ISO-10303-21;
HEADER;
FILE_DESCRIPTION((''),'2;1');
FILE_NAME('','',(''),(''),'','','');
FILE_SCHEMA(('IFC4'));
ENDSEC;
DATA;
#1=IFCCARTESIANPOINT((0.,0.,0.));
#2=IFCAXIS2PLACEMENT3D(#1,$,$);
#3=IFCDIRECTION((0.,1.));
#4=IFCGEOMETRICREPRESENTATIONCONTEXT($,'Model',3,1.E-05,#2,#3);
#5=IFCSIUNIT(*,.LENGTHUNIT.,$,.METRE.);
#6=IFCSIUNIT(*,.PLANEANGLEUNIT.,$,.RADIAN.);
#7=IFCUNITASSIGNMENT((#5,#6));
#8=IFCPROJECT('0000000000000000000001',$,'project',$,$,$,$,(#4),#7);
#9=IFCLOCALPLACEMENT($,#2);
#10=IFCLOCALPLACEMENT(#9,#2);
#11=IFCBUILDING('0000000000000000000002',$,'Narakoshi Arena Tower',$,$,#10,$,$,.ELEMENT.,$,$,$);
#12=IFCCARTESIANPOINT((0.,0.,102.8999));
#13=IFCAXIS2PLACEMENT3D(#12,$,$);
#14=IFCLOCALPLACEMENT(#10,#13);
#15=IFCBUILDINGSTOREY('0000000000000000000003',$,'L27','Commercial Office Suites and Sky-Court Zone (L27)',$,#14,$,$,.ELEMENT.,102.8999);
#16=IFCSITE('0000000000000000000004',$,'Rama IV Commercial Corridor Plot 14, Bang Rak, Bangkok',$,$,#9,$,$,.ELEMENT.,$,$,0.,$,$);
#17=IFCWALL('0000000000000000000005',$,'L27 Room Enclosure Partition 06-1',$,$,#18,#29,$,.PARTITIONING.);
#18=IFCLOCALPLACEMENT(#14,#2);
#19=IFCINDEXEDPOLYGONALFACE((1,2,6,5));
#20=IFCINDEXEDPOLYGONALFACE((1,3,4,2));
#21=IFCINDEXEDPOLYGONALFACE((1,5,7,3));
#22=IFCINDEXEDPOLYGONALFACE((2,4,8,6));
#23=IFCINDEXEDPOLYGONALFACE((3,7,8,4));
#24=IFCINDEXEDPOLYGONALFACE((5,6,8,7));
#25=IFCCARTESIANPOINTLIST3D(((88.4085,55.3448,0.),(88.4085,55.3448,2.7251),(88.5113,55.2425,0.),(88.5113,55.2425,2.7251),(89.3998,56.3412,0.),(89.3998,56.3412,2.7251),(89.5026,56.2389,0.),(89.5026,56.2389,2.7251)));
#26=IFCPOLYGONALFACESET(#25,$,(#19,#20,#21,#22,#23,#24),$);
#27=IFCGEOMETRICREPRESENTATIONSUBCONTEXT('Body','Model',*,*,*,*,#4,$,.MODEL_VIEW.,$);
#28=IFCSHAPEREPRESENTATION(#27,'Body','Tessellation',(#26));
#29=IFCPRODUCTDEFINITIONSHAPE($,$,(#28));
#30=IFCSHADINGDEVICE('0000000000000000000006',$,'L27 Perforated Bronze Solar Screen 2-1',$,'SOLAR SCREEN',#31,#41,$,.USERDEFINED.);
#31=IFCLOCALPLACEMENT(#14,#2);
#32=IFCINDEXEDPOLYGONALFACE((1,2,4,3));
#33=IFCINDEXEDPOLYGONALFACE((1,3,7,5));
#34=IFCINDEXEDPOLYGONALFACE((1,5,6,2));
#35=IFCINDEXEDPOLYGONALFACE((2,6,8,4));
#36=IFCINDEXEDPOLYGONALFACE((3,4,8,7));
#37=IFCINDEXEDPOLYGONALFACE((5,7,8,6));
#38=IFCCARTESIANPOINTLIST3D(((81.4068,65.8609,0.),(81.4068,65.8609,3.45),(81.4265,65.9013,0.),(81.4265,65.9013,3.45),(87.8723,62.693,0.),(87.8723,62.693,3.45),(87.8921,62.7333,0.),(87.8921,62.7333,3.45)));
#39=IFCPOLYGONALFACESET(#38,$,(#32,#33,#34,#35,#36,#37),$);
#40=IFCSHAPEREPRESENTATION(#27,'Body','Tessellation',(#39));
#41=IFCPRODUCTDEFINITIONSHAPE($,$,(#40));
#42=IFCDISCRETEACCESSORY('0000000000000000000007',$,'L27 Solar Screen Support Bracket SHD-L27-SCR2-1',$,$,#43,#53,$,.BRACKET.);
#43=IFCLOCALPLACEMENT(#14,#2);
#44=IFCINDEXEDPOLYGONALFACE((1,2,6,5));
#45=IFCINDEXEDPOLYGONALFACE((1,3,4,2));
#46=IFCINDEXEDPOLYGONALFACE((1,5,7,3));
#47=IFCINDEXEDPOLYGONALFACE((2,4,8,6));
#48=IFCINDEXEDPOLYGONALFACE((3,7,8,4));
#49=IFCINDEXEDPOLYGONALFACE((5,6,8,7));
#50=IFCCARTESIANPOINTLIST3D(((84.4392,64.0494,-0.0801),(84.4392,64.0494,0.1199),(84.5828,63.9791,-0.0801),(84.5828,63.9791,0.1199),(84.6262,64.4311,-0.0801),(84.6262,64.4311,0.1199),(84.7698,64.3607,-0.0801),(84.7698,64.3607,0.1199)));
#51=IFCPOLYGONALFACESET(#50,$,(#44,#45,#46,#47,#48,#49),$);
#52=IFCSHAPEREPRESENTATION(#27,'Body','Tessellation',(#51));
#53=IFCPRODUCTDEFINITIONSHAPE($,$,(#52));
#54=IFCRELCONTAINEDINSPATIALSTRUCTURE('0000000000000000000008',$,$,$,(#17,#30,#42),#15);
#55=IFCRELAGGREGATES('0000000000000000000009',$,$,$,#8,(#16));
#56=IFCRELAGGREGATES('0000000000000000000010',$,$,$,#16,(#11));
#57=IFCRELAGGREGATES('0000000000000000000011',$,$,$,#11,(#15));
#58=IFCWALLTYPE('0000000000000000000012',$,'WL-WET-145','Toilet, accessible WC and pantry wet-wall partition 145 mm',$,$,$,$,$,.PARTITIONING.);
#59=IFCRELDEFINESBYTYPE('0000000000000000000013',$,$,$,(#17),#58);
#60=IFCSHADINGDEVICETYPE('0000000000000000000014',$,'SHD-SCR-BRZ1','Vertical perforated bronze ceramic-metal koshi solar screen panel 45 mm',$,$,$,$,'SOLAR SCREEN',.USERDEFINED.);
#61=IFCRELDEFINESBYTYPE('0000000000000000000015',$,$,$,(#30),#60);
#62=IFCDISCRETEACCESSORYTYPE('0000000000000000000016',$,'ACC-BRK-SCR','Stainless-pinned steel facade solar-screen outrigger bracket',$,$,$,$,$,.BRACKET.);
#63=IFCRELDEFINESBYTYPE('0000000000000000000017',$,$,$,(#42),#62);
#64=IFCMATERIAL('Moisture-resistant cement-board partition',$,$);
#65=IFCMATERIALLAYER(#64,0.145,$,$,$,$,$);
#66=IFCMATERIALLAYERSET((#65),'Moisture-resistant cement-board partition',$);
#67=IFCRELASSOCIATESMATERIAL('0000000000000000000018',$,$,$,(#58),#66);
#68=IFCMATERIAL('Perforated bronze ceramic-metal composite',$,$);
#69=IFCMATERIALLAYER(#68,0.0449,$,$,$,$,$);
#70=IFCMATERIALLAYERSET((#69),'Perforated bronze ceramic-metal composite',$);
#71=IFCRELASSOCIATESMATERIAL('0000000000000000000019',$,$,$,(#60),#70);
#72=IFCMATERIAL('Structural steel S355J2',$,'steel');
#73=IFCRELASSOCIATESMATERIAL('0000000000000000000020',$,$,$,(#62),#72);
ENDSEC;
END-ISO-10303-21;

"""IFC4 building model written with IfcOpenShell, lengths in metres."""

from ifc_helpers import new_model, si_unit, direction, frame, frame_2d, origin, origin_2d, place, context, subcontext, project, spatial, rectangle, extrude, material, layer, layer_set, type_object, element, save


model = new_model("IFC4")

# Units and contexts
model_context = context("Model", 3, precision=1e-05, world=origin(), true_north=direction((0.0, 1.0)))
body_context = subcontext(model_context, "Body", "Model", "MODEL_VIEW")
ifc_project = project(units=[si_unit("LENGTHUNIT", "METRE"), si_unit("PLANEANGLEUNIT", "RADIAN")], contexts=[model_context])

# Site, building, storey
site_placement = place(None, origin())
site = spatial("IfcSite", under=ifc_project, at=site_placement, Name="Rama IV Commercial Corridor Plot 14, Bang Rak, Bangkok", CompositionType="ELEMENT", RefElevation=0.0)
building_placement = place(site_placement, origin())
building = spatial("IfcBuilding", under=site, at=building_placement, Name="Narakoshi Arena Tower", CompositionType="ELEMENT")
storey_placement = place(building_placement, frame((0.0, 0.0, 102.8999)))
storey = spatial("IfcBuildingStorey", under=building, at=storey_placement, Name="L27", Description="Commercial Office Suites and Sky-Court Zone (L27)", CompositionType="ELEMENT", Elevation=102.8999)

# Shared definitions
ifc_material_1 = material(Name="Structural steel S355J2", Category="steel")

# Shared definitions
ifc_material_2 = material(Name="Moisture-resistant cement-board partition")
ifc_layer_1 = layer(ifc_material_2, 0.145)
ifc_layer_set_1 = layer_set([ifc_layer_1], Name="Moisture-resistant cement-board partition")
wall_type_1 = type_object("IfcWallType", Name="WL-WET-145", Description="Toilet, accessible WC and pantry wet-wall partition 145 mm", PredefinedType="PARTITIONING", material=ifc_layer_set_1)

# Wall
wall_1_placement = place(storey_placement, frame((88.46, 55.2937, 0.0), z_axis=(0.0, 0.0, 1.0), x_axis=(0.70528, 0.708928, 0.0)))
element("IfcWall", 1, at=wall_1_placement, inside=storey, type_object=wall_type_1, Name="L27 Room Enclosure Partition 06-1", PredefinedType="PARTITIONING", context=body_context, shape_type="SweptSolid", body=[
    extrude(rectangle(XDim=1.4055, YDim=0.145, at=frame_2d((0.7026, 0.0))), origin(), (0.0, 0.0, 1.0), 2.7251),
])

# Shading device
ifc_material_3 = material(Name="Perforated bronze ceramic-metal composite")
ifc_layer_2 = layer(ifc_material_3, 0.0449)
ifc_layer_set_2 = layer_set([ifc_layer_2], Name="Perforated bronze ceramic-metal composite")
shading_device_type = type_object("IfcShadingDeviceType", Name="SHD-SCR-BRZ1", Description="Vertical perforated bronze ceramic-metal koshi solar screen panel 45 mm", ElementType="SOLAR SCREEN", PredefinedType="USERDEFINED", material=ifc_layer_set_2)
shading_device_placement = place(storey_placement, frame((84.6494, 64.2971, 0.0), z_axis=(0.0, 0.0, 1.0), x_axis=(-0.897997, 0.440002, 0.0)))
element("IfcShadingDevice", 2, at=shading_device_placement, inside=storey, type_object=shading_device_type, Name="L27 Perforated Bronze Solar Screen 2-1", ObjectType="SOLAR SCREEN", PredefinedType="USERDEFINED", context=body_context, shape_type="SweptSolid", body=[
    extrude(rectangle(XDim=7.2, YDim=0.0449, at=origin_2d()), origin(), (0.0, 0.0, 1.0), 3.45),
])

# Discrete accessory
discrete_accessory_type = type_object("IfcDiscreteAccessoryType", Name="ACC-BRK-SCR", Description="Stainless-pinned steel facade solar-screen outrigger bracket", PredefinedType="BRACKET", material=ifc_material_1)
discrete_accessory_placement = place(storey_placement, frame((84.6045, 64.2051, -0.0801), z_axis=(0.0, 0.0, 1.0), x_axis=(-0.897997, 0.440002, 0.0)))
element("IfcDiscreteAccessory", 3, at=discrete_accessory_placement, inside=storey, type_object=discrete_accessory_type, Name="L27 Solar Screen Support Bracket SHD-L27-SCR2-1", PredefinedType="BRACKET", context=body_context, shape_type="SweptSolid", body=[
    extrude(rectangle(XDim=0.1599, YDim=0.425, at=origin_2d()), origin(), (0.0, 0.0, 1.0), 0.2),
])

save(model, "model.ifc")
